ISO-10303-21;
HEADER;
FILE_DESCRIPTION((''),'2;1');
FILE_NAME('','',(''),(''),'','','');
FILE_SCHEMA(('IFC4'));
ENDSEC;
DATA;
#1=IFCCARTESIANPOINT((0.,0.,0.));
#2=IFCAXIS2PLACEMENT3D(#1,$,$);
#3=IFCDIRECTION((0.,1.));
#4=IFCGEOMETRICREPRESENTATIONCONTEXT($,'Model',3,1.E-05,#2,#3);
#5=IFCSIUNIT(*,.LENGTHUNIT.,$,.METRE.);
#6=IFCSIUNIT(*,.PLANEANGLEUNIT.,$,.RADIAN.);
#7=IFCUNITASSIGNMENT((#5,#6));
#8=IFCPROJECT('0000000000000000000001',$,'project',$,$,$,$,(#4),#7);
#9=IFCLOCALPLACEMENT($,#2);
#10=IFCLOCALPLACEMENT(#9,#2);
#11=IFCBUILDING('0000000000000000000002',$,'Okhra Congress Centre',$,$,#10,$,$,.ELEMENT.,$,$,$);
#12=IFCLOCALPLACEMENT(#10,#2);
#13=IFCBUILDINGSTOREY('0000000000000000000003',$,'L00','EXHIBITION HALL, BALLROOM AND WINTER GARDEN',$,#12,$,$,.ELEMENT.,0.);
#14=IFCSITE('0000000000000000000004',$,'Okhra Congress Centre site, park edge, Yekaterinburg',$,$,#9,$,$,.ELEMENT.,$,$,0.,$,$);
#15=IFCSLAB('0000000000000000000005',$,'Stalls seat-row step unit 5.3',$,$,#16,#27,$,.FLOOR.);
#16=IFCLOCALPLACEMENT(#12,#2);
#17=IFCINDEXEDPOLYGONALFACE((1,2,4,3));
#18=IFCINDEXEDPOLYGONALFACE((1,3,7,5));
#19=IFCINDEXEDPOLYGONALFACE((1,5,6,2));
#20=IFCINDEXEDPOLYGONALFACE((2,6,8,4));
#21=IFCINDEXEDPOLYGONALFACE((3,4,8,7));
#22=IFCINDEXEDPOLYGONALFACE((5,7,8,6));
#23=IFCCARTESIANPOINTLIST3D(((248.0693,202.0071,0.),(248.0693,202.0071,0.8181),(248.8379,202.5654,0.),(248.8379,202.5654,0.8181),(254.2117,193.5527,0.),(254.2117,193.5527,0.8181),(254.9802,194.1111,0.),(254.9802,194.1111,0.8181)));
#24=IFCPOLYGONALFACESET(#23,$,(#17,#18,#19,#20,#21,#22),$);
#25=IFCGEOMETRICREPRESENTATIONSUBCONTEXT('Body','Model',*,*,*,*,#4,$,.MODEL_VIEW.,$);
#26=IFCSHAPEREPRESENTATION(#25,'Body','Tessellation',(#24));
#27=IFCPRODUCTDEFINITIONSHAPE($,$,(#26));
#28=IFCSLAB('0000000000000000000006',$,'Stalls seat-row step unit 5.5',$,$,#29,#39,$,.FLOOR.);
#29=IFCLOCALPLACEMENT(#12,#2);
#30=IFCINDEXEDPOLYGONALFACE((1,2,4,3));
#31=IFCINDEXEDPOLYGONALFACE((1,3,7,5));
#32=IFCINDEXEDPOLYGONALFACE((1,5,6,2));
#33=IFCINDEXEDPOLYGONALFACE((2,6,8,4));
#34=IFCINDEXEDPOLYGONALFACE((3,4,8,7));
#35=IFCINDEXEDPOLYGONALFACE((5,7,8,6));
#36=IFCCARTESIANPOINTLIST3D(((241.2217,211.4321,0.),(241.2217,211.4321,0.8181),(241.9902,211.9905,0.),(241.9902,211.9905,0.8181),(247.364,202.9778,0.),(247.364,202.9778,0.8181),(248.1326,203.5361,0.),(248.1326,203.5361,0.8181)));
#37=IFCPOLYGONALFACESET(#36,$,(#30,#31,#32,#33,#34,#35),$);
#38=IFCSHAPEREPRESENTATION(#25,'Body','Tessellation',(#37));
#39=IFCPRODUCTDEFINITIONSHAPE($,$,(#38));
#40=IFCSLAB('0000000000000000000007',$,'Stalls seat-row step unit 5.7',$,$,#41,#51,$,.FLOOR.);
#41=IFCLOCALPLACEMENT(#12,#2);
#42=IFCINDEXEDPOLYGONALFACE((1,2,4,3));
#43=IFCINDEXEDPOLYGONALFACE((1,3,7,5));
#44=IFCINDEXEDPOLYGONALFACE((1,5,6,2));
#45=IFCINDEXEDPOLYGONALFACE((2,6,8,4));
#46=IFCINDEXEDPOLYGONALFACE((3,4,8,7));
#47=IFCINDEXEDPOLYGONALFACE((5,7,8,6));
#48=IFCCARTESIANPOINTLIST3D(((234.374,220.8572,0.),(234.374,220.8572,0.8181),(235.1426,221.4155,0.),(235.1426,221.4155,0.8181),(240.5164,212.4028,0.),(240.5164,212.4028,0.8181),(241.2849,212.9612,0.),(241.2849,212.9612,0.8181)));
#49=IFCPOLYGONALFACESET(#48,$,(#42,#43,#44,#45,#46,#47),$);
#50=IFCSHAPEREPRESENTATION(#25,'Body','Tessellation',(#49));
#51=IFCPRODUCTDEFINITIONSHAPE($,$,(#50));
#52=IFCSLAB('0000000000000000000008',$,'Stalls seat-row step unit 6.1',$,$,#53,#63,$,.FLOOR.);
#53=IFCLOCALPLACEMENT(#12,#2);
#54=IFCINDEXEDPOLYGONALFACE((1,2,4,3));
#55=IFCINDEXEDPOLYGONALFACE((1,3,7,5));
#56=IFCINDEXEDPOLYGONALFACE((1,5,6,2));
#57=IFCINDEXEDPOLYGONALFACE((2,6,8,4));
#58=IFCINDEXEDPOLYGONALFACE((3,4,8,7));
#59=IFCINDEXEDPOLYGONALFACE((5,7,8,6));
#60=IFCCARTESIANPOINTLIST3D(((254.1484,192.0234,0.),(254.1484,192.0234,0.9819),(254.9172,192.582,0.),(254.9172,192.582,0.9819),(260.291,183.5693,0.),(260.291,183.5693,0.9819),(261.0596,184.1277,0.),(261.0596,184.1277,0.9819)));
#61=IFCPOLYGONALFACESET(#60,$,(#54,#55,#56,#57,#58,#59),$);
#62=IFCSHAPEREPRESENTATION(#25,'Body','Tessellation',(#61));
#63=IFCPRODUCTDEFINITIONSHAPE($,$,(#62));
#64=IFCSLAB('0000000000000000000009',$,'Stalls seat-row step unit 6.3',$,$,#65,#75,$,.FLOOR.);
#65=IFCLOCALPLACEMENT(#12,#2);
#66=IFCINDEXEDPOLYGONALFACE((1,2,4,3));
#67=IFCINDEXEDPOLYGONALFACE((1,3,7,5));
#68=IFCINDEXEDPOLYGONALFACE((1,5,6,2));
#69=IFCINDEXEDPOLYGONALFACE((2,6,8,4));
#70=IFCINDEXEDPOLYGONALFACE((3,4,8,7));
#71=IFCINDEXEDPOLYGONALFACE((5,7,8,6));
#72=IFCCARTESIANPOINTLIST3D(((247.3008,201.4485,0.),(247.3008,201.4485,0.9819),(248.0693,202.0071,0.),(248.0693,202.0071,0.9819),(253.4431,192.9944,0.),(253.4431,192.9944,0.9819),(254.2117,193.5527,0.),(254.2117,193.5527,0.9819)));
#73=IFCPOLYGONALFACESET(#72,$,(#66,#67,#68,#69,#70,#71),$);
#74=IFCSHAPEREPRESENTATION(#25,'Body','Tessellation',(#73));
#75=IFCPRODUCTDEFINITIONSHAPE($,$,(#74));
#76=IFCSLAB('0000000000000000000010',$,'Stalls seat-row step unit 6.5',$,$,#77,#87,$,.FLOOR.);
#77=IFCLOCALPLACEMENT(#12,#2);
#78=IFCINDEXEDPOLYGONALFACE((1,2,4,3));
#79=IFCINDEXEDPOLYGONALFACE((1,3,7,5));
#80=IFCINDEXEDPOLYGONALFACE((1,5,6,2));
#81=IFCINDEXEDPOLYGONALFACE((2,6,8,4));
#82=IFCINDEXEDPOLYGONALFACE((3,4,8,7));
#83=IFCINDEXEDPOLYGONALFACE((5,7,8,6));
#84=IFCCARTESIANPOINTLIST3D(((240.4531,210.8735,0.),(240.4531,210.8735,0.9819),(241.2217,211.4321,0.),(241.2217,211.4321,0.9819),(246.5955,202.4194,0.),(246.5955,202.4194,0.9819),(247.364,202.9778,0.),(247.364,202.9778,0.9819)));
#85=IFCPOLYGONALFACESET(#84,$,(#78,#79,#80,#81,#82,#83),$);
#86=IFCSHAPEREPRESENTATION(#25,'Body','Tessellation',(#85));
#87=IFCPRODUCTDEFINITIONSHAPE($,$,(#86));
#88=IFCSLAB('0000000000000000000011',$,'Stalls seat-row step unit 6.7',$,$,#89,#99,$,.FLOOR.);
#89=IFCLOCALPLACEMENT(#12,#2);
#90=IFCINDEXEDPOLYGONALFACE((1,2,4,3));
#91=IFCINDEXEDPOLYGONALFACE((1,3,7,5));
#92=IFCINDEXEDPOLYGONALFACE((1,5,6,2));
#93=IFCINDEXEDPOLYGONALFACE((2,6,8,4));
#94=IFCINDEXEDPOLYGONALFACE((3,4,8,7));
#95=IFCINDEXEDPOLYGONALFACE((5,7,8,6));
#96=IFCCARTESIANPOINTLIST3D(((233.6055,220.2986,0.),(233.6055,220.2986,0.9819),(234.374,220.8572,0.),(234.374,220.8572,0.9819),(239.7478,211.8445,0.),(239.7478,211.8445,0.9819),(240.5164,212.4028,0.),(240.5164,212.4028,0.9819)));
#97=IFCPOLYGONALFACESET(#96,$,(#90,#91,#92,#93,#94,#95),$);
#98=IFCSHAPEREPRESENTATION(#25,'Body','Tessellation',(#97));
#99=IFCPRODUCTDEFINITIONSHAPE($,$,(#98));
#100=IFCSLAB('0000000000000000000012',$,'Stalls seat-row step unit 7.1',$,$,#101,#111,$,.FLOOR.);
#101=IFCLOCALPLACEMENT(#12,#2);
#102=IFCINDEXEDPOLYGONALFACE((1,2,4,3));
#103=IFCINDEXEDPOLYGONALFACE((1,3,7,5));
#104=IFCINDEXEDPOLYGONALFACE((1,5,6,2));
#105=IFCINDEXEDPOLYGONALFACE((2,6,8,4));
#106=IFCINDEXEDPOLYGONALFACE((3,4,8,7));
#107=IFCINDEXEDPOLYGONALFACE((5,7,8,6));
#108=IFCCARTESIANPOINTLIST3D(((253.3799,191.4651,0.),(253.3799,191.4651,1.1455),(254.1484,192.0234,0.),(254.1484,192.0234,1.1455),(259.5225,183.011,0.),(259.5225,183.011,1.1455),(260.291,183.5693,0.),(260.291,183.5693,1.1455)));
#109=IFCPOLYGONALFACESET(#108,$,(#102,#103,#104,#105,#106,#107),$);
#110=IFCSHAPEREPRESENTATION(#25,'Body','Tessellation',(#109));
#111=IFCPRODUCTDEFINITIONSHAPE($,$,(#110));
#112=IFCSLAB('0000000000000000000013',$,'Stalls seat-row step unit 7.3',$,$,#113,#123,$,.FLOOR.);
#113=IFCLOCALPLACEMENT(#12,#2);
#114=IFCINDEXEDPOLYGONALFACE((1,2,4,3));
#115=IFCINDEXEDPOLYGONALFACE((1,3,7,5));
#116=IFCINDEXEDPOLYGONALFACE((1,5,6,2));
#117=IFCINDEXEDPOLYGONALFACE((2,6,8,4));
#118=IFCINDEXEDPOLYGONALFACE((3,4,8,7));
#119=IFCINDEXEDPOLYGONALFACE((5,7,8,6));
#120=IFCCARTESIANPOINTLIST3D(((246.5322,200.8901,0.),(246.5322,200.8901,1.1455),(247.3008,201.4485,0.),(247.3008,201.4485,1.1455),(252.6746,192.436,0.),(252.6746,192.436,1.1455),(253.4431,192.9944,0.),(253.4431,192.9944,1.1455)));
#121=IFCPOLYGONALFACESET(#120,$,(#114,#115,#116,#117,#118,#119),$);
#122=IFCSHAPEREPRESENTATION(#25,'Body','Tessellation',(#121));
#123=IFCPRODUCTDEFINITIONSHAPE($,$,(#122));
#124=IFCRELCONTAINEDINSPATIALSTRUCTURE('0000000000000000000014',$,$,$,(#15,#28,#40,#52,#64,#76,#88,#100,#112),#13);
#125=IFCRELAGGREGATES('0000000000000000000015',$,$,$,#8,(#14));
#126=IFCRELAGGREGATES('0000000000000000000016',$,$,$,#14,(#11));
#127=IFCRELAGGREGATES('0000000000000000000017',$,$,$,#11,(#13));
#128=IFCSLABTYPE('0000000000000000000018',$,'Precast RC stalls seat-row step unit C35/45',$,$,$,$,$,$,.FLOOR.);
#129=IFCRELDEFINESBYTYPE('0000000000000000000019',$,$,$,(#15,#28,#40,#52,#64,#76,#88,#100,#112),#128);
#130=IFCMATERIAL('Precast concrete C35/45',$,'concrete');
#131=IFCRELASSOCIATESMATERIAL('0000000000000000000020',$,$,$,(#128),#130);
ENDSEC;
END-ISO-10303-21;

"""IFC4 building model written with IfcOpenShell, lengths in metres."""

from ifc_helpers import new_model, si_unit, direction, origin, place, context, subcontext, project, spatial, polyline, outline, extrude, material, type_object, element, save


model = new_model("IFC4")

# Units and contexts
model_context = context("Model", 3, precision=1e-05, world=origin(), true_north=direction((0.0, 1.0)))
body_context = subcontext(model_context, "Body", "Model", "MODEL_VIEW")
ifc_project = project(units=[si_unit("LENGTHUNIT", "METRE"), si_unit("PLANEANGLEUNIT", "RADIAN")], contexts=[model_context])

# Site, building, storey
site_placement = place(None, origin())
site = spatial("IfcSite", under=ifc_project, at=site_placement, Name="Okhra Congress Centre site, park edge, Yekaterinburg", CompositionType="ELEMENT", RefElevation=0.0)
building_placement = place(site_placement, origin())
building = spatial("IfcBuilding", under=site, at=building_placement, Name="Okhra Congress Centre", CompositionType="ELEMENT")
storey_placement = place(building_placement, origin())
storey = spatial("IfcBuildingStorey", under=building, at=storey_placement, Name="L00", Description="EXHIBITION HALL, BALLROOM AND WINTER GARDEN", CompositionType="ELEMENT", Elevation=0.0)

# Slabs
ifc_material_1 = material(Name="Precast concrete C35/45", Category="concrete")
slab_type_1 = type_object("IfcSlabType", Name="Precast RC stalls seat-row step unit C35/45", PredefinedType="FLOOR", material=ifc_material_1)
slab_1_placement = place(storey_placement, origin())
element("IfcSlab", 1, at=slab_1_placement, inside=storey, type_object=slab_type_1, Name="Stalls seat-row step unit 5.3", PredefinedType="FLOOR", context=body_context, shape_type="SweptSolid", body=[
    extrude(outline(polyline([(254.2117, 193.5527), (254.9802, 194.1111), (248.8379, 202.5654), (248.0693, 202.0071), (254.2117, 193.5527)])), origin(), (0.0, 0.0, 1.0), 0.8181),
])
slab_2_placement = place(storey_placement, origin())
element("IfcSlab", 2, at=slab_2_placement, inside=storey, type_object=slab_type_1, Name="Stalls seat-row step unit 5.5", PredefinedType="FLOOR", context=body_context, shape_type="SweptSolid", body=[
    extrude(outline(polyline([(247.364, 202.9778), (248.1326, 203.5361), (241.9902, 211.9905), (241.2217, 211.4321), (247.364, 202.9778)])), origin(), (0.0, 0.0, 1.0), 0.8181),
])
slab_3_placement = place(storey_placement, origin())
element("IfcSlab", 3, at=slab_3_placement, inside=storey, type_object=slab_type_1, Name="Stalls seat-row step unit 5.7", PredefinedType="FLOOR", context=body_context, shape_type="SweptSolid", body=[
    extrude(outline(polyline([(240.5164, 212.4028), (241.2849, 212.9612), (235.1426, 221.4155), (234.374, 220.8572), (240.5164, 212.4028)])), origin(), (0.0, 0.0, 1.0), 0.8181),
])
slab_4_placement = place(storey_placement, origin())
element("IfcSlab", 4, at=slab_4_placement, inside=storey, type_object=slab_type_1, Name="Stalls seat-row step unit 6.1", PredefinedType="FLOOR", context=body_context, shape_type="SweptSolid", body=[
    extrude(outline(polyline([(260.291, 183.5693), (261.0596, 184.1277), (254.9172, 192.582), (254.1484, 192.0234), (260.291, 183.5693)])), origin(), (0.0, 0.0, 1.0), 0.9819),
])
slab_5_placement = place(storey_placement, origin())
element("IfcSlab", 5, at=slab_5_placement, inside=storey, type_object=slab_type_1, Name="Stalls seat-row step unit 6.3", PredefinedType="FLOOR", context=body_context, shape_type="SweptSolid", body=[
    extrude(outline(polyline([(253.4431, 192.9944), (254.2117, 193.5527), (248.0693, 202.0071), (247.3008, 201.4485), (253.4431, 192.9944)])), origin(), (0.0, 0.0, 1.0), 0.9819),
])
slab_6_placement = place(storey_placement, origin())
element("IfcSlab", 6, at=slab_6_placement, inside=storey, type_object=slab_type_1, Name="Stalls seat-row step unit 6.5", PredefinedType="FLOOR", context=body_context, shape_type="SweptSolid", body=[
    extrude(outline(polyline([(246.5955, 202.4194), (247.364, 202.9778), (241.2217, 211.4321), (240.4531, 210.8735), (246.5955, 202.4194)])), origin(), (0.0, 0.0, 1.0), 0.9819),
])
slab_7_placement = place(storey_placement, origin())
element("IfcSlab", 7, at=slab_7_placement, inside=storey, type_object=slab_type_1, Name="Stalls seat-row step unit 6.7", PredefinedType="FLOOR", context=body_context, shape_type="SweptSolid", body=[
    extrude(outline(polyline([(239.7478, 211.8445), (240.5164, 212.4028), (234.374, 220.8572), (233.6055, 220.2986), (239.7478, 211.8445)])), origin(), (0.0, 0.0, 1.0), 0.9819),
])
slab_8_placement = place(storey_placement, origin())
element("IfcSlab", 8, at=slab_8_placement, inside=storey, type_object=slab_type_1, Name="Stalls seat-row step unit 7.1", PredefinedType="FLOOR", context=body_context, shape_type="SweptSolid", body=[
    extrude(outline(polyline([(259.5225, 183.011), (260.291, 183.5693), (254.1484, 192.0234), (253.3799, 191.4651), (259.5225, 183.011)])), origin(), (0.0, 0.0, 1.0), 1.1455),
])
slab_9_placement = place(storey_placement, origin())
element("IfcSlab", 9, at=slab_9_placement, inside=storey, type_object=slab_type_1, Name="Stalls seat-row step unit 7.3", PredefinedType="FLOOR", context=body_context, shape_type="SweptSolid", body=[
    extrude(outline(polyline([(252.6746, 192.436), (253.4431, 192.9944), (247.3008, 201.4485), (246.5322, 200.8901), (252.6746, 192.436)])), origin(), (0.0, 0.0, 1.0), 1.1455),
])

save(model, "model.ifc")
